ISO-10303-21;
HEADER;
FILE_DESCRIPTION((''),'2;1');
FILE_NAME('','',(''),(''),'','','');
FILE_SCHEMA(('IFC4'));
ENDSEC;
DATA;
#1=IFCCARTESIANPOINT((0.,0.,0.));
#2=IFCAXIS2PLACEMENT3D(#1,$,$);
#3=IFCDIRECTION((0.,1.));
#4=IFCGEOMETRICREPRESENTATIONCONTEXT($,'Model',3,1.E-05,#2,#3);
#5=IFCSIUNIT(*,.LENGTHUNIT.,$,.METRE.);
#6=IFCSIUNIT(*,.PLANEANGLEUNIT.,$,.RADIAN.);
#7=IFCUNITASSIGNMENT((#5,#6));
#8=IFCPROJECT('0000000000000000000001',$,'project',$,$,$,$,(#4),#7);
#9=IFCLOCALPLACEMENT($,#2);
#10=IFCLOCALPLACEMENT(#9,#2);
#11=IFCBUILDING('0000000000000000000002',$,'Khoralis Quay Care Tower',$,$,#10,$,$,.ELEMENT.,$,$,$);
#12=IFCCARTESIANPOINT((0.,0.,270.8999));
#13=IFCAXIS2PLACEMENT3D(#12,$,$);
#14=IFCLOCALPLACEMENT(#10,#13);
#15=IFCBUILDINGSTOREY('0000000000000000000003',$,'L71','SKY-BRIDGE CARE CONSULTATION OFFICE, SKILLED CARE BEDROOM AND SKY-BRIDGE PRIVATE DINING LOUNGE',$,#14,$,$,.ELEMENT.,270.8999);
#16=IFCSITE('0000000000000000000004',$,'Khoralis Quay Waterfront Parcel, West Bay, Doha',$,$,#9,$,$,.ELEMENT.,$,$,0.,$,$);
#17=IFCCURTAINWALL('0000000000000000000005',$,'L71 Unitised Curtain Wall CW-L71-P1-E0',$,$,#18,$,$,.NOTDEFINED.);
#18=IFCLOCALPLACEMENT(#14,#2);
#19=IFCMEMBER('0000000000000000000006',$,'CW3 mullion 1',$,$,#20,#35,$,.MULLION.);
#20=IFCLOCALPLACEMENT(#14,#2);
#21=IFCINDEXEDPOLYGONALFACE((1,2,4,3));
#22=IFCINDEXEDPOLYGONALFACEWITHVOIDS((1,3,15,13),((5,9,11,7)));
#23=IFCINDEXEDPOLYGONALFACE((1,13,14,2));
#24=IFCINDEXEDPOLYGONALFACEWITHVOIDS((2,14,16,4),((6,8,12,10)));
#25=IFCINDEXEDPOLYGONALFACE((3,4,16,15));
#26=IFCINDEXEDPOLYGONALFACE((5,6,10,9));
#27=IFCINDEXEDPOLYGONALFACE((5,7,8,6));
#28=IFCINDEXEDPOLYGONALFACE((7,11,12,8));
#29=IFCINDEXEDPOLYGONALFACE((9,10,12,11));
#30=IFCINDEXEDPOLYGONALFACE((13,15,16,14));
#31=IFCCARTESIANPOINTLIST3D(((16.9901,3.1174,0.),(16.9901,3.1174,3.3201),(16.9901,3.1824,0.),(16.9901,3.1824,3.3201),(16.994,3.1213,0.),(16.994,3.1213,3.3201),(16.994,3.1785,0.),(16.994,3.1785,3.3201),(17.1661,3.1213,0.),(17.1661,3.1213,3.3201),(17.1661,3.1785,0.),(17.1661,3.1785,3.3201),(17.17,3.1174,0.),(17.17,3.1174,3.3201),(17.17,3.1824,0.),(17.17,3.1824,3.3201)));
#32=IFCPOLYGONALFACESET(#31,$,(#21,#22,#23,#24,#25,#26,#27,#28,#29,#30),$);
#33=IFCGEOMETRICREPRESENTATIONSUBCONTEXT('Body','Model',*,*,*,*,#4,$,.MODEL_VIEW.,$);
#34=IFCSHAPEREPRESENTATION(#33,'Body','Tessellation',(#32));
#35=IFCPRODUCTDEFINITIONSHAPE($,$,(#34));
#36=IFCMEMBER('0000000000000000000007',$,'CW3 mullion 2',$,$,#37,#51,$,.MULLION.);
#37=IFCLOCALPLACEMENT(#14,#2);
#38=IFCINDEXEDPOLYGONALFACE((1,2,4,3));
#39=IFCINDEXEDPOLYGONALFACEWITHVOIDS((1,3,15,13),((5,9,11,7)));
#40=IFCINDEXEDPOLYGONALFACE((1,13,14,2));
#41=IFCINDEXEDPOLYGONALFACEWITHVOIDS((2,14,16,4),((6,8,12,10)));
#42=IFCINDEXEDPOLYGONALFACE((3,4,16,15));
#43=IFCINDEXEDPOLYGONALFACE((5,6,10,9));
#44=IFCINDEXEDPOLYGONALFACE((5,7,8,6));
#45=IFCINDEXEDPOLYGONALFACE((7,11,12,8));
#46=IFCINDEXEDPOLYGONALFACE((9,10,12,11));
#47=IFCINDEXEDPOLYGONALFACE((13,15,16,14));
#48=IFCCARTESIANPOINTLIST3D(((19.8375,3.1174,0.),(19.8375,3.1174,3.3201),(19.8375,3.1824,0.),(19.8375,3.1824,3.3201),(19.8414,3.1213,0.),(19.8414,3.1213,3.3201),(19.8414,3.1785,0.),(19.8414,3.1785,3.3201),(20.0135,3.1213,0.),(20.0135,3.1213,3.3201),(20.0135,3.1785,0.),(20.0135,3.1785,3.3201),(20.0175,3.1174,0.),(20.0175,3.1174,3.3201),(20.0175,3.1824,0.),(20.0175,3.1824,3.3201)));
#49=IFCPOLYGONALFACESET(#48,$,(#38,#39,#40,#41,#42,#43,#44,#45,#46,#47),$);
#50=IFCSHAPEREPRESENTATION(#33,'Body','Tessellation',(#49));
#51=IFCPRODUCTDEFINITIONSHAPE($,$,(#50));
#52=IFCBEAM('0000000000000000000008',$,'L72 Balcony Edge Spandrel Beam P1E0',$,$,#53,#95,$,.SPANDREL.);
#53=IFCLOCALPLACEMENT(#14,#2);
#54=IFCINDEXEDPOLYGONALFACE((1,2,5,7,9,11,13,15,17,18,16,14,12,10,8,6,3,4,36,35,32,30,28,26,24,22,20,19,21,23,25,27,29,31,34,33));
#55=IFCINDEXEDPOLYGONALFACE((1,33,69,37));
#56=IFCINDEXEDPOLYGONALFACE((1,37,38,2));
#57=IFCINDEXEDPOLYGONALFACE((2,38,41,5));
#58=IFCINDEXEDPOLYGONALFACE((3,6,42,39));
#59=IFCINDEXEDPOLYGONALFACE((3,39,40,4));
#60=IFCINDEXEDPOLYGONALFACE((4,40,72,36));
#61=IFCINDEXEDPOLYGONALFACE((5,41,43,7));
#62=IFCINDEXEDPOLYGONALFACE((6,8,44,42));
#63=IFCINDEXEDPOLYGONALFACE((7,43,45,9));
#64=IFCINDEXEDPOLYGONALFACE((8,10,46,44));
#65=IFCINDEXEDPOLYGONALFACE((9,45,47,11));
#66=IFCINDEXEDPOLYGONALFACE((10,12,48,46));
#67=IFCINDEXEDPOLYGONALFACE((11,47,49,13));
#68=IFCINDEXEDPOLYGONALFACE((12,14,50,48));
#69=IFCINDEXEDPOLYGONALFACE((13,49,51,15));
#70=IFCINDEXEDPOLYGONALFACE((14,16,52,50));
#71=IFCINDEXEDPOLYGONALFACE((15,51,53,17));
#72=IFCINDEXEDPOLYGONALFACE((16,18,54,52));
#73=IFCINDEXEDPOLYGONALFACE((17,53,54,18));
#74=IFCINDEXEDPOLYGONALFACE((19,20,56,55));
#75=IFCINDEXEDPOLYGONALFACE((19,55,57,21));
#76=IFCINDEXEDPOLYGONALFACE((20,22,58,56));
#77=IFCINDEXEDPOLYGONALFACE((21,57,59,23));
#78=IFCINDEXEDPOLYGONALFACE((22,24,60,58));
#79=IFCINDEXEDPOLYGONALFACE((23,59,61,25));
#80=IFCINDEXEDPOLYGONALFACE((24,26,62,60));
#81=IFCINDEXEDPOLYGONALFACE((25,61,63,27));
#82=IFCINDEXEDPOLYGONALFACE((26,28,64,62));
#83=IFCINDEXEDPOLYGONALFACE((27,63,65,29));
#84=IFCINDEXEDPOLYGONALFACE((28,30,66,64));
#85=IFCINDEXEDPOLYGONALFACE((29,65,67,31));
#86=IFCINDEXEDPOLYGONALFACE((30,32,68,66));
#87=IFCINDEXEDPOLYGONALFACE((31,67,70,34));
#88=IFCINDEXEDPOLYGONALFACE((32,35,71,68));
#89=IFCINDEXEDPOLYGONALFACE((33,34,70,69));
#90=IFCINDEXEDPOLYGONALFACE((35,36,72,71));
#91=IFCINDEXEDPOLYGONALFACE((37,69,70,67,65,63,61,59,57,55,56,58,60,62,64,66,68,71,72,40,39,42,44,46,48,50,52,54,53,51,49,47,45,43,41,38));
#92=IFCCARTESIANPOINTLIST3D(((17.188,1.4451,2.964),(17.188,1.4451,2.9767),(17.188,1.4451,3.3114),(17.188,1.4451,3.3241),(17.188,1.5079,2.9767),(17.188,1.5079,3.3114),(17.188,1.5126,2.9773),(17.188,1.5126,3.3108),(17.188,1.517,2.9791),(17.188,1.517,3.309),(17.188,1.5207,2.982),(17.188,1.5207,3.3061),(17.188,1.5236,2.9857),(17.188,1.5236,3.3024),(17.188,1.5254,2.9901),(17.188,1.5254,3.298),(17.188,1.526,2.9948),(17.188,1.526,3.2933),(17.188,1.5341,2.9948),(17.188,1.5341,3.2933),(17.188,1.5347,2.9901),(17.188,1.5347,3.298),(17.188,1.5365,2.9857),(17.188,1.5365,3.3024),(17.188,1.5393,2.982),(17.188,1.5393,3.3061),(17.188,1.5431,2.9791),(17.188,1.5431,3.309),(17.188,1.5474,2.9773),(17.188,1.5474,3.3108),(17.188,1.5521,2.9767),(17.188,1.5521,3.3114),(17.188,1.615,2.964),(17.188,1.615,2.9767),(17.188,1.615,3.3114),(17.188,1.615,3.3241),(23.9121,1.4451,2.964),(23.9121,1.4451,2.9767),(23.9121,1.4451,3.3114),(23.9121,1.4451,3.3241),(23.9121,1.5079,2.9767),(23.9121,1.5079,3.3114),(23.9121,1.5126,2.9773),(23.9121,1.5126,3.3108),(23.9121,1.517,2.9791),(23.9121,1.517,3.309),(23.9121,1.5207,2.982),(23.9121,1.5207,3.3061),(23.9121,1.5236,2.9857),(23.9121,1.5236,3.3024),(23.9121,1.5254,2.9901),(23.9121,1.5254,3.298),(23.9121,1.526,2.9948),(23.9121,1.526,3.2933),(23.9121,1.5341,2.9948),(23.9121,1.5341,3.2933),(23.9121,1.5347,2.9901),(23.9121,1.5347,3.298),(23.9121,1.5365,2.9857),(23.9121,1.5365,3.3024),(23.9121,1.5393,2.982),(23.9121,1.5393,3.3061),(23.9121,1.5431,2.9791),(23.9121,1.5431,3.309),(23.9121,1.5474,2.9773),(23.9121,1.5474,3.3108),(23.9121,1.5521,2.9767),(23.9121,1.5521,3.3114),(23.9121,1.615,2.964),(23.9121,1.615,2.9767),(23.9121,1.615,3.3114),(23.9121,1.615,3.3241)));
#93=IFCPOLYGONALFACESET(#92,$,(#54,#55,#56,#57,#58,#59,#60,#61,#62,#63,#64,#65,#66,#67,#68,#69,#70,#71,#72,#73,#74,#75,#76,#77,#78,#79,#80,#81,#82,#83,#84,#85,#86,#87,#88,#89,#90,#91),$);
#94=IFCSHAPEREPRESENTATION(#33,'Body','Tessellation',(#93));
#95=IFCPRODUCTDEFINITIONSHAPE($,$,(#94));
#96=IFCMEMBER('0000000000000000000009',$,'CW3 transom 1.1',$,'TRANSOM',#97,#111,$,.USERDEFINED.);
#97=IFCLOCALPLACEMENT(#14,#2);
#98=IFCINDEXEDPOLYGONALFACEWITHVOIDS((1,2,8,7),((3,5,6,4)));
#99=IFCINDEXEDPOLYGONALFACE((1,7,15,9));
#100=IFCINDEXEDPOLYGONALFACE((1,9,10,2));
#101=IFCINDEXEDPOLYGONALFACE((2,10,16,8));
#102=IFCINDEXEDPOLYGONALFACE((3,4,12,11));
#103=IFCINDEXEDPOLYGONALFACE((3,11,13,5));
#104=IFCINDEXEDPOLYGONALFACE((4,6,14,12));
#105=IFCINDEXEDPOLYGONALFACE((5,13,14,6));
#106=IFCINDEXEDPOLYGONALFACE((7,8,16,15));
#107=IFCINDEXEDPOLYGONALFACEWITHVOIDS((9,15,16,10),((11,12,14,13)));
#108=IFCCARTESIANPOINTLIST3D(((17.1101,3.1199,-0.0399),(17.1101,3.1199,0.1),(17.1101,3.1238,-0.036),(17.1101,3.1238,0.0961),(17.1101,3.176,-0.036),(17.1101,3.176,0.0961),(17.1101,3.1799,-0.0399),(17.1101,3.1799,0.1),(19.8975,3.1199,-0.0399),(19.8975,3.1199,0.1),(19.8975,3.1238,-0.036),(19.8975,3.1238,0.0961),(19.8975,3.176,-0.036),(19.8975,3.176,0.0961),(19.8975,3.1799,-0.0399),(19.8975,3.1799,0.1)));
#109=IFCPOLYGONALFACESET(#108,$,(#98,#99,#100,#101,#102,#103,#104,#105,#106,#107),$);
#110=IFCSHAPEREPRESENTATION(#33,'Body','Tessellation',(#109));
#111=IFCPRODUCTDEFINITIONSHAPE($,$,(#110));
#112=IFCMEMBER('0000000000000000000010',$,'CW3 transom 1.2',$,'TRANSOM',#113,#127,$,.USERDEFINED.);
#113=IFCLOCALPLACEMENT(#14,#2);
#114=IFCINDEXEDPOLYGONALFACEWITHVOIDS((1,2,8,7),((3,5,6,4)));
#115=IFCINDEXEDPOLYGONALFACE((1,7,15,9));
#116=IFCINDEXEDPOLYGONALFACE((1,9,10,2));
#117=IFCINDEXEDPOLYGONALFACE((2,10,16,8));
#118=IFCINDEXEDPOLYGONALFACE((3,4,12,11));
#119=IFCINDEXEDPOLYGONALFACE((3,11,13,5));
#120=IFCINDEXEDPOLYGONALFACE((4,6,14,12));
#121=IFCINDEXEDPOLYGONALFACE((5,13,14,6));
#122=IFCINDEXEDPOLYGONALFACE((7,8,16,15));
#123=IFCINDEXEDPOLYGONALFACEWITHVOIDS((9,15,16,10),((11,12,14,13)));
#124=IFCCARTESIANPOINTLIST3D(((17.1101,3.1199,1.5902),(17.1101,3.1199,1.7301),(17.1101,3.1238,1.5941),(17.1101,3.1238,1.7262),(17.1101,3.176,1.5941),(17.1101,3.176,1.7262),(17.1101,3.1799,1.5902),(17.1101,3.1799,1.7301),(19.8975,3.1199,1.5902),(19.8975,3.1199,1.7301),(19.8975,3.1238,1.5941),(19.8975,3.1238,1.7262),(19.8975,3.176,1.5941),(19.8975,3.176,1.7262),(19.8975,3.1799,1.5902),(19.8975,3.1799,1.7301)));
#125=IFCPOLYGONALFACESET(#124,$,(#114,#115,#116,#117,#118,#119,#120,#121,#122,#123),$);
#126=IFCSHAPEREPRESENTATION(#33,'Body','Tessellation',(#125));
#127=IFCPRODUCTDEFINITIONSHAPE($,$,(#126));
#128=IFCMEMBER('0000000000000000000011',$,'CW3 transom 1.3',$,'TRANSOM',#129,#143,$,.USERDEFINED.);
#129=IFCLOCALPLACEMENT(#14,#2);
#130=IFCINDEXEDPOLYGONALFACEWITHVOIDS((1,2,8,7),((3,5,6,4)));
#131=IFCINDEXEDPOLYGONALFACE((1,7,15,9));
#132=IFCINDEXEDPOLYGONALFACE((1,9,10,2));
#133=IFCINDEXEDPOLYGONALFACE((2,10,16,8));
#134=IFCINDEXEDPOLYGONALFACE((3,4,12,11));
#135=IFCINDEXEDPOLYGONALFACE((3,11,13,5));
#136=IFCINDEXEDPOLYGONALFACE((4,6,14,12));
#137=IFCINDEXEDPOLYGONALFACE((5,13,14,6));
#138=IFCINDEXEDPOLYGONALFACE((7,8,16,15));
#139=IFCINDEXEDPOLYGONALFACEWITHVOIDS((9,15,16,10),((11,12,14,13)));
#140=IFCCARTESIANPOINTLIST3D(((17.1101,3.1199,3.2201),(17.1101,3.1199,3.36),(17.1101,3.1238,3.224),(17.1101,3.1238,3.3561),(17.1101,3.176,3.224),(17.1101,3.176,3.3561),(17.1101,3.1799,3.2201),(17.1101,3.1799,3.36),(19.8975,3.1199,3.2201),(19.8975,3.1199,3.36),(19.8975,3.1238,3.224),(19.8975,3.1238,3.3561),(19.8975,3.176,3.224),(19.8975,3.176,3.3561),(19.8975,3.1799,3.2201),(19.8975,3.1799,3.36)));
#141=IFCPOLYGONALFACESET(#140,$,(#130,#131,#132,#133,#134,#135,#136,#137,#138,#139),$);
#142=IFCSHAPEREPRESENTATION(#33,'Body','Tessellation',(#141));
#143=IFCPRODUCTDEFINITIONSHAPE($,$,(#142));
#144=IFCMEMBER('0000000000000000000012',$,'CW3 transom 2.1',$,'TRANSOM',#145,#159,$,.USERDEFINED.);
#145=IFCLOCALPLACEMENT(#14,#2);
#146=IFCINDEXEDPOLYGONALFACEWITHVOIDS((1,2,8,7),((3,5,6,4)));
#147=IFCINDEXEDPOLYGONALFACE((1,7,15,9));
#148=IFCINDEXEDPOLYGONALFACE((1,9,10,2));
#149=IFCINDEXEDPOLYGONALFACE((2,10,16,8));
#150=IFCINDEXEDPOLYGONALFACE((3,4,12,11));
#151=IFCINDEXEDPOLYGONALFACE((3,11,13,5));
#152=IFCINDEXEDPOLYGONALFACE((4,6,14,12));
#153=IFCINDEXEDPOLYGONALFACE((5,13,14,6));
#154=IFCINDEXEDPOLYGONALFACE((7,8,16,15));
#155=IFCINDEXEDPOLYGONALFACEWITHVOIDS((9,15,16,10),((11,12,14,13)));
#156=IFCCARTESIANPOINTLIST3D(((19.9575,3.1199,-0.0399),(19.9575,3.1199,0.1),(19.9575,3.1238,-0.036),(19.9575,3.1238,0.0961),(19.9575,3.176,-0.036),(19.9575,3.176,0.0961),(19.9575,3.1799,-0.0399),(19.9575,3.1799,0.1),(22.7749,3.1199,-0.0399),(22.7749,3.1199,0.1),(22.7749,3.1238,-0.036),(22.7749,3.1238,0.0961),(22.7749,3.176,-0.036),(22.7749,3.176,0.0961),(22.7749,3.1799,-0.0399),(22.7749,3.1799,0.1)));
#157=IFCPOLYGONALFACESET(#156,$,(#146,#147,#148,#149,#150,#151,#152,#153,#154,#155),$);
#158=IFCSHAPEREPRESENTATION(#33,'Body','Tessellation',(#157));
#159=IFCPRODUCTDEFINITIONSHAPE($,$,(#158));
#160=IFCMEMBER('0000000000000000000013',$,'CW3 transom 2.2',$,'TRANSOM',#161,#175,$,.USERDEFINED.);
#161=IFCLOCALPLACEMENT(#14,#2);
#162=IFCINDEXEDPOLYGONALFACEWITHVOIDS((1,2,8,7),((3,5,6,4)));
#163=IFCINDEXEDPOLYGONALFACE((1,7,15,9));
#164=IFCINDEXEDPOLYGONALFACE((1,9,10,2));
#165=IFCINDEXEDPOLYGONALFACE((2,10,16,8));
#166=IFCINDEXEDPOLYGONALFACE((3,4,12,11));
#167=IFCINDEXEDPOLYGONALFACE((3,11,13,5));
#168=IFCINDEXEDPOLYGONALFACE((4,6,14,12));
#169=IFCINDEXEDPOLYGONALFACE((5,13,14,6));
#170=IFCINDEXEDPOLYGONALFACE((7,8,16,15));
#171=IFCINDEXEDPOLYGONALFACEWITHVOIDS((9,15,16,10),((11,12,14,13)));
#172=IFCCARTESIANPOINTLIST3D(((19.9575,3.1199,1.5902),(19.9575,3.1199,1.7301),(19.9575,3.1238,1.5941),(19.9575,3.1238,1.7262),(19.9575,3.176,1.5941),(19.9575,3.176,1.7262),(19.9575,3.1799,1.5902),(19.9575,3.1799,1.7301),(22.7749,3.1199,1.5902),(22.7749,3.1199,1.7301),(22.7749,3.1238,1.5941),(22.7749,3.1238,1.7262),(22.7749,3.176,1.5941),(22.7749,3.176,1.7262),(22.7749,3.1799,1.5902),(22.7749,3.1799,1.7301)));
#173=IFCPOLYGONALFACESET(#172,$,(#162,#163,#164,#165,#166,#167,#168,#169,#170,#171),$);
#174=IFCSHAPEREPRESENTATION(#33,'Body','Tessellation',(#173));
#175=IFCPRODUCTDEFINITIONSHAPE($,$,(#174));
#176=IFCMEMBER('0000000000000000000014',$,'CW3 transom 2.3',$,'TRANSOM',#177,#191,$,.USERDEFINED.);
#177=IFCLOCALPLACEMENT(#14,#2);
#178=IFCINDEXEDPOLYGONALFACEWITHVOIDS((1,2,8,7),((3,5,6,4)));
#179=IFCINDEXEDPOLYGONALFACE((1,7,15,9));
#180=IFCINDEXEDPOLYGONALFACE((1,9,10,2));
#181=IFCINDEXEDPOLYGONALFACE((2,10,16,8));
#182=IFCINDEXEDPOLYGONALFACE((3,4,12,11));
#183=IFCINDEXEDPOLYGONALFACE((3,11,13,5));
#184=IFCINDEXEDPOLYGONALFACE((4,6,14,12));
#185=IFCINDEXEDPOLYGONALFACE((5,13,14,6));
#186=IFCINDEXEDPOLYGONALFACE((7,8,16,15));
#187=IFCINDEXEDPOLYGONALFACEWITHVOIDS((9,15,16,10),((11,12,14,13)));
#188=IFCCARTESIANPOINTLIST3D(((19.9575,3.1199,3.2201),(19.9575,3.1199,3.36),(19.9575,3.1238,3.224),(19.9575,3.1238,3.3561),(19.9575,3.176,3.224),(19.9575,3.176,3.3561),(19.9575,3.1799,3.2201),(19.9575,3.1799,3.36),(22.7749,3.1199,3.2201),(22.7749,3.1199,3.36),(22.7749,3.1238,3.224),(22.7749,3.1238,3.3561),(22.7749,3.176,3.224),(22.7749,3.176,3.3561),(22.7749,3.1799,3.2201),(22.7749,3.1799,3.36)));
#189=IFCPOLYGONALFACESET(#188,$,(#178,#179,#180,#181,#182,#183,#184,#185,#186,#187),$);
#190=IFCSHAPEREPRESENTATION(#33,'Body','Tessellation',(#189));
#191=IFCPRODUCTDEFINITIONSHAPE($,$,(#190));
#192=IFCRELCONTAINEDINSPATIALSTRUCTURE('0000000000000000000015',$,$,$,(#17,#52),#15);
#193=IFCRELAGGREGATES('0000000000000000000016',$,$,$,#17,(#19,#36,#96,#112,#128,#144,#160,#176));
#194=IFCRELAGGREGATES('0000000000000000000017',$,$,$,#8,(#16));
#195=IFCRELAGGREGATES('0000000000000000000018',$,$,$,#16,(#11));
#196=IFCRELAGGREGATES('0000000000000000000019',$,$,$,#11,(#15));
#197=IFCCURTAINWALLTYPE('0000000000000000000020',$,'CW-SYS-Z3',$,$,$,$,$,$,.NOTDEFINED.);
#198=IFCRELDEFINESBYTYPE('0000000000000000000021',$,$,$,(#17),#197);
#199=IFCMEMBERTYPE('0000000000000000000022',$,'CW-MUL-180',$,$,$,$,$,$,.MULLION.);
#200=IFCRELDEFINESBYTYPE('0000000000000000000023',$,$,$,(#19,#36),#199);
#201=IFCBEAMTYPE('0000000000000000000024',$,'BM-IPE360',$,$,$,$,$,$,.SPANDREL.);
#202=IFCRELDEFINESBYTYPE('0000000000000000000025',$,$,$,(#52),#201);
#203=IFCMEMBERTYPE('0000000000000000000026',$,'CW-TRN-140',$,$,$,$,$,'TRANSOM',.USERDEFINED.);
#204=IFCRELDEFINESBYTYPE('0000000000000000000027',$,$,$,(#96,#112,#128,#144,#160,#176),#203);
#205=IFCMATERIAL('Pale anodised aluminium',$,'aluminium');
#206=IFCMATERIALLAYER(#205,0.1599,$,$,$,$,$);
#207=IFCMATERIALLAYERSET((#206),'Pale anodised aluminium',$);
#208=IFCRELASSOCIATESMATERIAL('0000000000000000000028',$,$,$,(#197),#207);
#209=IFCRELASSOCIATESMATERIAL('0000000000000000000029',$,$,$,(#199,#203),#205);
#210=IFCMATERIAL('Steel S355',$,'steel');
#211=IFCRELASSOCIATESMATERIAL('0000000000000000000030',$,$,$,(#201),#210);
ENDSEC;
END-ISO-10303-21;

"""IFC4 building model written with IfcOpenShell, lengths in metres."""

from ifc_helpers import new_model, si_unit, direction, frame, origin, origin_2d, place, context, subcontext, project, spatial, hollow_rectangle, i_section, extrude, source, transform, mapped, material, layer, layer_set, material_profile, profile_set, type_object, element, aggregate, save


model = new_model("IFC4")

# Units and contexts
model_context = context("Model", 3, precision=1e-05, world=origin(), true_north=direction((0.0, 1.0)))
body_context = subcontext(model_context, "Body", "Model", "MODEL_VIEW")
ifc_project = project(units=[si_unit("LENGTHUNIT", "METRE"), si_unit("PLANEANGLEUNIT", "RADIAN")], contexts=[model_context])

# Site, building, storey
site_placement = place(None, origin())
site = spatial("IfcSite", under=ifc_project, at=site_placement, Name="Khoralis Quay Waterfront Parcel, West Bay, Doha", CompositionType="ELEMENT", RefElevation=0.0)
building_placement = place(site_placement, origin())
building = spatial("IfcBuilding", under=site, at=building_placement, Name="Khoralis Quay Care Tower", CompositionType="ELEMENT")
storey_placement = place(building_placement, frame((0.0, 0.0, 270.8999)))
storey = spatial("IfcBuildingStorey", under=building, at=storey_placement, Name="L71", Description="SKY-BRIDGE CARE CONSULTATION OFFICE, SKILLED CARE BEDROOM AND SKY-BRIDGE PRIVATE DINING LOUNGE", CompositionType="ELEMENT", Elevation=270.8999)

# Curtain wall, members
ifc_material_1 = material(Name="Pale anodised aluminium", Category="aluminium")
ifc_layer_1 = layer(ifc_material_1, 0.1599)
ifc_layer_set_1 = layer_set([ifc_layer_1], Name="Pale anodised aluminium")
curtain_wall_type = type_object("IfcCurtainWallType", Name="CW-SYS-Z3", PredefinedType="NOTDEFINED", material=ifc_layer_set_1)
curtain_wall_placement = place(storey_placement, origin())
curtain_wall = element("IfcCurtainWall", 1, at=curtain_wall_placement, inside=storey, type_object=curtain_wall_type, Name="L71 Unitised Curtain Wall CW-L71-P1-E0", PredefinedType="NOTDEFINED")
ifc_material_profile_1 = material_profile(ifc_material_1, hollow_rectangle(XDim=0.0649, YDim=0.1799, WallThickness=0.0039, at=origin_2d()), Name="Pale anodised aluminium")
ifc_profile_set_1 = profile_set([ifc_material_profile_1], Name="Pale anodised aluminium")
member_type_1 = type_object("IfcMemberType", Name="CW-MUL-180", PredefinedType="MULLION", material=ifc_profile_set_1)
shared_shape_1 = source(origin(), body_context, "Body", "SweptSolid", [
    extrude(hollow_rectangle(XDim=0.0649, YDim=0.1799, WallThickness=0.0039, at=origin_2d()), origin(), (0.0, 0.0, 1.0), 3.3201),
])
member_1_placement = place(storey_placement, frame((17.0801, 3.1499, 0.0), z_axis=(0.0, 0.0, 1.0), x_axis=(0.0, 1.0, 0.0)))
member_1 = element("IfcMember", 2, at=member_1_placement, type_object=member_type_1, Name="CW3 mullion 1", PredefinedType="MULLION", context=body_context, shape_type="MappedRepresentation", body=[
    mapped(shared_shape_1, transform((0.0, 0.0, 0.0), scale=1.0)),
])
member_2_placement = place(storey_placement, frame((19.9275, 3.1499, 0.0), z_axis=(0.0, 0.0, 1.0), x_axis=(0.0, 1.0, 0.0)))
member_2 = element("IfcMember", 3, at=member_2_placement, type_object=member_type_1, Name="CW3 mullion 2", PredefinedType="MULLION", context=body_context, shape_type="MappedRepresentation", body=[
    mapped(shared_shape_1, transform((0.0, 0.0, 0.0), scale=1.0)),
])

# Beam
ifc_material_2 = material(Name="Steel S355", Category="steel")
ifc_material_profile_2 = material_profile(ifc_material_2, i_section(OverallWidth=0.1699, OverallDepth=0.3601, WebThickness=0.0081, FlangeThickness=0.0127, FilletRadius=0.0181, at=origin_2d()), Name="Steel S355")
ifc_profile_set_2 = profile_set([ifc_material_profile_2], Name="Steel S355")
beam_type = type_object("IfcBeamType", Name="BM-IPE360", PredefinedType="SPANDREL", material=ifc_profile_set_2)
shared_shape_2 = source(origin(), body_context, "Body", "SweptSolid", [
    extrude(i_section(OverallWidth=0.1699, OverallDepth=0.3601, WebThickness=0.0081, FlangeThickness=0.0127, FilletRadius=0.0181, at=origin_2d()), origin(), (0.0, 0.0, 1.0), 6.7241),
])
beam_placement = place(storey_placement, frame((17.188, 1.53, 3.144), z_axis=(1.0, 0.0, 0.0), x_axis=(0.0, 1.0, 0.0)))
element("IfcBeam", 4, at=beam_placement, inside=storey, type_object=beam_type, Name="L72 Balcony Edge Spandrel Beam P1E0", PredefinedType="SPANDREL", context=body_context, shape_type="MappedRepresentation", body=[
    mapped(shared_shape_2, transform((0.0, 0.0, 0.0), scale=1.0)),
])

# Members
ifc_material_profile_3 = material_profile(ifc_material_1, hollow_rectangle(XDim=0.0601, YDim=0.1399, WallThickness=0.0039, at=origin_2d()), Name="Pale anodised aluminium")
ifc_profile_set_3 = profile_set([ifc_material_profile_3], Name="Pale anodised aluminium")
member_type_2 = type_object("IfcMemberType", Name="CW-TRN-140", ElementType="TRANSOM", PredefinedType="USERDEFINED", material=ifc_profile_set_3)
shared_shape_3 = source(origin(), body_context, "Body", "SweptSolid", [
    extrude(hollow_rectangle(XDim=0.0601, YDim=0.1399, WallThickness=0.0039, at=origin_2d()), origin(), (0.0, 0.0, 1.0), 2.7874),
])
member_3_placement = place(storey_placement, frame((17.1101, 3.1499, 0.03), z_axis=(1.0, 0.0, 0.0), x_axis=(0.0, 1.0, 0.0)))
member_3 = element("IfcMember", 5, at=member_3_placement, type_object=member_type_2, Name="CW3 transom 1.1", ObjectType="TRANSOM", PredefinedType="USERDEFINED", context=body_context, shape_type="MappedRepresentation", body=[
    mapped(shared_shape_3, transform((0.0, 0.0, 0.0), scale=1.0)),
])
member_4_placement = place(storey_placement, frame((17.1101, 3.1499, 1.6602), z_axis=(1.0, 0.0, 0.0), x_axis=(0.0, 1.0, 0.0)))
member_4 = element("IfcMember", 6, at=member_4_placement, type_object=member_type_2, Name="CW3 transom 1.2", ObjectType="TRANSOM", PredefinedType="USERDEFINED", context=body_context, shape_type="MappedRepresentation", body=[
    mapped(shared_shape_3, transform((0.0, 0.0, 0.0), scale=1.0)),
])
member_5_placement = place(storey_placement, frame((17.1101, 3.1499, 3.29), z_axis=(1.0, 0.0, 0.0), x_axis=(0.0, 1.0, 0.0)))
member_5 = element("IfcMember", 7, at=member_5_placement, type_object=member_type_2, Name="CW3 transom 1.3", ObjectType="TRANSOM", PredefinedType="USERDEFINED", context=body_context, shape_type="MappedRepresentation", body=[
    mapped(shared_shape_3, transform((0.0, 0.0, 0.0), scale=1.0)),
])
shared_shape_4 = source(origin(), body_context, "Body", "SweptSolid", [
    extrude(hollow_rectangle(XDim=0.0601, YDim=0.1399, WallThickness=0.0039, at=origin_2d()), origin(), (0.0, 0.0, 1.0), 2.8174),
])
member_6_placement = place(storey_placement, frame((19.9575, 3.1499, 0.03), z_axis=(1.0, 0.0, 0.0), x_axis=(0.0, 1.0, 0.0)))
member_6 = element("IfcMember", 8, at=member_6_placement, type_object=member_type_2, Name="CW3 transom 2.1", ObjectType="TRANSOM", PredefinedType="USERDEFINED", context=body_context, shape_type="MappedRepresentation", body=[
    mapped(shared_shape_4, transform((0.0, 0.0, 0.0), scale=1.0)),
])
member_7_placement = place(storey_placement, frame((19.9575, 3.1499, 1.6602), z_axis=(1.0, 0.0, 0.0), x_axis=(0.0, 1.0, 0.0)))
member_7 = element("IfcMember", 9, at=member_7_placement, type_object=member_type_2, Name="CW3 transom 2.2", ObjectType="TRANSOM", PredefinedType="USERDEFINED", context=body_context, shape_type="MappedRepresentation", body=[
    mapped(shared_shape_4, transform((0.0, 0.0, 0.0), scale=1.0)),
])
member_8_placement = place(storey_placement, frame((19.9575, 3.1499, 3.29), z_axis=(1.0, 0.0, 0.0), x_axis=(0.0, 1.0, 0.0)))
member_8 = element("IfcMember", 10, at=member_8_placement, type_object=member_type_2, Name="CW3 transom 2.3", ObjectType="TRANSOM", PredefinedType="USERDEFINED", context=body_context, shape_type="MappedRepresentation", body=[
    mapped(shared_shape_4, transform((0.0, 0.0, 0.0), scale=1.0)),
])

aggregate(curtain_wall, [member_1, member_2, member_3, member_4, member_5, member_6, member_7, member_8])

save(model, "model.ifc")
